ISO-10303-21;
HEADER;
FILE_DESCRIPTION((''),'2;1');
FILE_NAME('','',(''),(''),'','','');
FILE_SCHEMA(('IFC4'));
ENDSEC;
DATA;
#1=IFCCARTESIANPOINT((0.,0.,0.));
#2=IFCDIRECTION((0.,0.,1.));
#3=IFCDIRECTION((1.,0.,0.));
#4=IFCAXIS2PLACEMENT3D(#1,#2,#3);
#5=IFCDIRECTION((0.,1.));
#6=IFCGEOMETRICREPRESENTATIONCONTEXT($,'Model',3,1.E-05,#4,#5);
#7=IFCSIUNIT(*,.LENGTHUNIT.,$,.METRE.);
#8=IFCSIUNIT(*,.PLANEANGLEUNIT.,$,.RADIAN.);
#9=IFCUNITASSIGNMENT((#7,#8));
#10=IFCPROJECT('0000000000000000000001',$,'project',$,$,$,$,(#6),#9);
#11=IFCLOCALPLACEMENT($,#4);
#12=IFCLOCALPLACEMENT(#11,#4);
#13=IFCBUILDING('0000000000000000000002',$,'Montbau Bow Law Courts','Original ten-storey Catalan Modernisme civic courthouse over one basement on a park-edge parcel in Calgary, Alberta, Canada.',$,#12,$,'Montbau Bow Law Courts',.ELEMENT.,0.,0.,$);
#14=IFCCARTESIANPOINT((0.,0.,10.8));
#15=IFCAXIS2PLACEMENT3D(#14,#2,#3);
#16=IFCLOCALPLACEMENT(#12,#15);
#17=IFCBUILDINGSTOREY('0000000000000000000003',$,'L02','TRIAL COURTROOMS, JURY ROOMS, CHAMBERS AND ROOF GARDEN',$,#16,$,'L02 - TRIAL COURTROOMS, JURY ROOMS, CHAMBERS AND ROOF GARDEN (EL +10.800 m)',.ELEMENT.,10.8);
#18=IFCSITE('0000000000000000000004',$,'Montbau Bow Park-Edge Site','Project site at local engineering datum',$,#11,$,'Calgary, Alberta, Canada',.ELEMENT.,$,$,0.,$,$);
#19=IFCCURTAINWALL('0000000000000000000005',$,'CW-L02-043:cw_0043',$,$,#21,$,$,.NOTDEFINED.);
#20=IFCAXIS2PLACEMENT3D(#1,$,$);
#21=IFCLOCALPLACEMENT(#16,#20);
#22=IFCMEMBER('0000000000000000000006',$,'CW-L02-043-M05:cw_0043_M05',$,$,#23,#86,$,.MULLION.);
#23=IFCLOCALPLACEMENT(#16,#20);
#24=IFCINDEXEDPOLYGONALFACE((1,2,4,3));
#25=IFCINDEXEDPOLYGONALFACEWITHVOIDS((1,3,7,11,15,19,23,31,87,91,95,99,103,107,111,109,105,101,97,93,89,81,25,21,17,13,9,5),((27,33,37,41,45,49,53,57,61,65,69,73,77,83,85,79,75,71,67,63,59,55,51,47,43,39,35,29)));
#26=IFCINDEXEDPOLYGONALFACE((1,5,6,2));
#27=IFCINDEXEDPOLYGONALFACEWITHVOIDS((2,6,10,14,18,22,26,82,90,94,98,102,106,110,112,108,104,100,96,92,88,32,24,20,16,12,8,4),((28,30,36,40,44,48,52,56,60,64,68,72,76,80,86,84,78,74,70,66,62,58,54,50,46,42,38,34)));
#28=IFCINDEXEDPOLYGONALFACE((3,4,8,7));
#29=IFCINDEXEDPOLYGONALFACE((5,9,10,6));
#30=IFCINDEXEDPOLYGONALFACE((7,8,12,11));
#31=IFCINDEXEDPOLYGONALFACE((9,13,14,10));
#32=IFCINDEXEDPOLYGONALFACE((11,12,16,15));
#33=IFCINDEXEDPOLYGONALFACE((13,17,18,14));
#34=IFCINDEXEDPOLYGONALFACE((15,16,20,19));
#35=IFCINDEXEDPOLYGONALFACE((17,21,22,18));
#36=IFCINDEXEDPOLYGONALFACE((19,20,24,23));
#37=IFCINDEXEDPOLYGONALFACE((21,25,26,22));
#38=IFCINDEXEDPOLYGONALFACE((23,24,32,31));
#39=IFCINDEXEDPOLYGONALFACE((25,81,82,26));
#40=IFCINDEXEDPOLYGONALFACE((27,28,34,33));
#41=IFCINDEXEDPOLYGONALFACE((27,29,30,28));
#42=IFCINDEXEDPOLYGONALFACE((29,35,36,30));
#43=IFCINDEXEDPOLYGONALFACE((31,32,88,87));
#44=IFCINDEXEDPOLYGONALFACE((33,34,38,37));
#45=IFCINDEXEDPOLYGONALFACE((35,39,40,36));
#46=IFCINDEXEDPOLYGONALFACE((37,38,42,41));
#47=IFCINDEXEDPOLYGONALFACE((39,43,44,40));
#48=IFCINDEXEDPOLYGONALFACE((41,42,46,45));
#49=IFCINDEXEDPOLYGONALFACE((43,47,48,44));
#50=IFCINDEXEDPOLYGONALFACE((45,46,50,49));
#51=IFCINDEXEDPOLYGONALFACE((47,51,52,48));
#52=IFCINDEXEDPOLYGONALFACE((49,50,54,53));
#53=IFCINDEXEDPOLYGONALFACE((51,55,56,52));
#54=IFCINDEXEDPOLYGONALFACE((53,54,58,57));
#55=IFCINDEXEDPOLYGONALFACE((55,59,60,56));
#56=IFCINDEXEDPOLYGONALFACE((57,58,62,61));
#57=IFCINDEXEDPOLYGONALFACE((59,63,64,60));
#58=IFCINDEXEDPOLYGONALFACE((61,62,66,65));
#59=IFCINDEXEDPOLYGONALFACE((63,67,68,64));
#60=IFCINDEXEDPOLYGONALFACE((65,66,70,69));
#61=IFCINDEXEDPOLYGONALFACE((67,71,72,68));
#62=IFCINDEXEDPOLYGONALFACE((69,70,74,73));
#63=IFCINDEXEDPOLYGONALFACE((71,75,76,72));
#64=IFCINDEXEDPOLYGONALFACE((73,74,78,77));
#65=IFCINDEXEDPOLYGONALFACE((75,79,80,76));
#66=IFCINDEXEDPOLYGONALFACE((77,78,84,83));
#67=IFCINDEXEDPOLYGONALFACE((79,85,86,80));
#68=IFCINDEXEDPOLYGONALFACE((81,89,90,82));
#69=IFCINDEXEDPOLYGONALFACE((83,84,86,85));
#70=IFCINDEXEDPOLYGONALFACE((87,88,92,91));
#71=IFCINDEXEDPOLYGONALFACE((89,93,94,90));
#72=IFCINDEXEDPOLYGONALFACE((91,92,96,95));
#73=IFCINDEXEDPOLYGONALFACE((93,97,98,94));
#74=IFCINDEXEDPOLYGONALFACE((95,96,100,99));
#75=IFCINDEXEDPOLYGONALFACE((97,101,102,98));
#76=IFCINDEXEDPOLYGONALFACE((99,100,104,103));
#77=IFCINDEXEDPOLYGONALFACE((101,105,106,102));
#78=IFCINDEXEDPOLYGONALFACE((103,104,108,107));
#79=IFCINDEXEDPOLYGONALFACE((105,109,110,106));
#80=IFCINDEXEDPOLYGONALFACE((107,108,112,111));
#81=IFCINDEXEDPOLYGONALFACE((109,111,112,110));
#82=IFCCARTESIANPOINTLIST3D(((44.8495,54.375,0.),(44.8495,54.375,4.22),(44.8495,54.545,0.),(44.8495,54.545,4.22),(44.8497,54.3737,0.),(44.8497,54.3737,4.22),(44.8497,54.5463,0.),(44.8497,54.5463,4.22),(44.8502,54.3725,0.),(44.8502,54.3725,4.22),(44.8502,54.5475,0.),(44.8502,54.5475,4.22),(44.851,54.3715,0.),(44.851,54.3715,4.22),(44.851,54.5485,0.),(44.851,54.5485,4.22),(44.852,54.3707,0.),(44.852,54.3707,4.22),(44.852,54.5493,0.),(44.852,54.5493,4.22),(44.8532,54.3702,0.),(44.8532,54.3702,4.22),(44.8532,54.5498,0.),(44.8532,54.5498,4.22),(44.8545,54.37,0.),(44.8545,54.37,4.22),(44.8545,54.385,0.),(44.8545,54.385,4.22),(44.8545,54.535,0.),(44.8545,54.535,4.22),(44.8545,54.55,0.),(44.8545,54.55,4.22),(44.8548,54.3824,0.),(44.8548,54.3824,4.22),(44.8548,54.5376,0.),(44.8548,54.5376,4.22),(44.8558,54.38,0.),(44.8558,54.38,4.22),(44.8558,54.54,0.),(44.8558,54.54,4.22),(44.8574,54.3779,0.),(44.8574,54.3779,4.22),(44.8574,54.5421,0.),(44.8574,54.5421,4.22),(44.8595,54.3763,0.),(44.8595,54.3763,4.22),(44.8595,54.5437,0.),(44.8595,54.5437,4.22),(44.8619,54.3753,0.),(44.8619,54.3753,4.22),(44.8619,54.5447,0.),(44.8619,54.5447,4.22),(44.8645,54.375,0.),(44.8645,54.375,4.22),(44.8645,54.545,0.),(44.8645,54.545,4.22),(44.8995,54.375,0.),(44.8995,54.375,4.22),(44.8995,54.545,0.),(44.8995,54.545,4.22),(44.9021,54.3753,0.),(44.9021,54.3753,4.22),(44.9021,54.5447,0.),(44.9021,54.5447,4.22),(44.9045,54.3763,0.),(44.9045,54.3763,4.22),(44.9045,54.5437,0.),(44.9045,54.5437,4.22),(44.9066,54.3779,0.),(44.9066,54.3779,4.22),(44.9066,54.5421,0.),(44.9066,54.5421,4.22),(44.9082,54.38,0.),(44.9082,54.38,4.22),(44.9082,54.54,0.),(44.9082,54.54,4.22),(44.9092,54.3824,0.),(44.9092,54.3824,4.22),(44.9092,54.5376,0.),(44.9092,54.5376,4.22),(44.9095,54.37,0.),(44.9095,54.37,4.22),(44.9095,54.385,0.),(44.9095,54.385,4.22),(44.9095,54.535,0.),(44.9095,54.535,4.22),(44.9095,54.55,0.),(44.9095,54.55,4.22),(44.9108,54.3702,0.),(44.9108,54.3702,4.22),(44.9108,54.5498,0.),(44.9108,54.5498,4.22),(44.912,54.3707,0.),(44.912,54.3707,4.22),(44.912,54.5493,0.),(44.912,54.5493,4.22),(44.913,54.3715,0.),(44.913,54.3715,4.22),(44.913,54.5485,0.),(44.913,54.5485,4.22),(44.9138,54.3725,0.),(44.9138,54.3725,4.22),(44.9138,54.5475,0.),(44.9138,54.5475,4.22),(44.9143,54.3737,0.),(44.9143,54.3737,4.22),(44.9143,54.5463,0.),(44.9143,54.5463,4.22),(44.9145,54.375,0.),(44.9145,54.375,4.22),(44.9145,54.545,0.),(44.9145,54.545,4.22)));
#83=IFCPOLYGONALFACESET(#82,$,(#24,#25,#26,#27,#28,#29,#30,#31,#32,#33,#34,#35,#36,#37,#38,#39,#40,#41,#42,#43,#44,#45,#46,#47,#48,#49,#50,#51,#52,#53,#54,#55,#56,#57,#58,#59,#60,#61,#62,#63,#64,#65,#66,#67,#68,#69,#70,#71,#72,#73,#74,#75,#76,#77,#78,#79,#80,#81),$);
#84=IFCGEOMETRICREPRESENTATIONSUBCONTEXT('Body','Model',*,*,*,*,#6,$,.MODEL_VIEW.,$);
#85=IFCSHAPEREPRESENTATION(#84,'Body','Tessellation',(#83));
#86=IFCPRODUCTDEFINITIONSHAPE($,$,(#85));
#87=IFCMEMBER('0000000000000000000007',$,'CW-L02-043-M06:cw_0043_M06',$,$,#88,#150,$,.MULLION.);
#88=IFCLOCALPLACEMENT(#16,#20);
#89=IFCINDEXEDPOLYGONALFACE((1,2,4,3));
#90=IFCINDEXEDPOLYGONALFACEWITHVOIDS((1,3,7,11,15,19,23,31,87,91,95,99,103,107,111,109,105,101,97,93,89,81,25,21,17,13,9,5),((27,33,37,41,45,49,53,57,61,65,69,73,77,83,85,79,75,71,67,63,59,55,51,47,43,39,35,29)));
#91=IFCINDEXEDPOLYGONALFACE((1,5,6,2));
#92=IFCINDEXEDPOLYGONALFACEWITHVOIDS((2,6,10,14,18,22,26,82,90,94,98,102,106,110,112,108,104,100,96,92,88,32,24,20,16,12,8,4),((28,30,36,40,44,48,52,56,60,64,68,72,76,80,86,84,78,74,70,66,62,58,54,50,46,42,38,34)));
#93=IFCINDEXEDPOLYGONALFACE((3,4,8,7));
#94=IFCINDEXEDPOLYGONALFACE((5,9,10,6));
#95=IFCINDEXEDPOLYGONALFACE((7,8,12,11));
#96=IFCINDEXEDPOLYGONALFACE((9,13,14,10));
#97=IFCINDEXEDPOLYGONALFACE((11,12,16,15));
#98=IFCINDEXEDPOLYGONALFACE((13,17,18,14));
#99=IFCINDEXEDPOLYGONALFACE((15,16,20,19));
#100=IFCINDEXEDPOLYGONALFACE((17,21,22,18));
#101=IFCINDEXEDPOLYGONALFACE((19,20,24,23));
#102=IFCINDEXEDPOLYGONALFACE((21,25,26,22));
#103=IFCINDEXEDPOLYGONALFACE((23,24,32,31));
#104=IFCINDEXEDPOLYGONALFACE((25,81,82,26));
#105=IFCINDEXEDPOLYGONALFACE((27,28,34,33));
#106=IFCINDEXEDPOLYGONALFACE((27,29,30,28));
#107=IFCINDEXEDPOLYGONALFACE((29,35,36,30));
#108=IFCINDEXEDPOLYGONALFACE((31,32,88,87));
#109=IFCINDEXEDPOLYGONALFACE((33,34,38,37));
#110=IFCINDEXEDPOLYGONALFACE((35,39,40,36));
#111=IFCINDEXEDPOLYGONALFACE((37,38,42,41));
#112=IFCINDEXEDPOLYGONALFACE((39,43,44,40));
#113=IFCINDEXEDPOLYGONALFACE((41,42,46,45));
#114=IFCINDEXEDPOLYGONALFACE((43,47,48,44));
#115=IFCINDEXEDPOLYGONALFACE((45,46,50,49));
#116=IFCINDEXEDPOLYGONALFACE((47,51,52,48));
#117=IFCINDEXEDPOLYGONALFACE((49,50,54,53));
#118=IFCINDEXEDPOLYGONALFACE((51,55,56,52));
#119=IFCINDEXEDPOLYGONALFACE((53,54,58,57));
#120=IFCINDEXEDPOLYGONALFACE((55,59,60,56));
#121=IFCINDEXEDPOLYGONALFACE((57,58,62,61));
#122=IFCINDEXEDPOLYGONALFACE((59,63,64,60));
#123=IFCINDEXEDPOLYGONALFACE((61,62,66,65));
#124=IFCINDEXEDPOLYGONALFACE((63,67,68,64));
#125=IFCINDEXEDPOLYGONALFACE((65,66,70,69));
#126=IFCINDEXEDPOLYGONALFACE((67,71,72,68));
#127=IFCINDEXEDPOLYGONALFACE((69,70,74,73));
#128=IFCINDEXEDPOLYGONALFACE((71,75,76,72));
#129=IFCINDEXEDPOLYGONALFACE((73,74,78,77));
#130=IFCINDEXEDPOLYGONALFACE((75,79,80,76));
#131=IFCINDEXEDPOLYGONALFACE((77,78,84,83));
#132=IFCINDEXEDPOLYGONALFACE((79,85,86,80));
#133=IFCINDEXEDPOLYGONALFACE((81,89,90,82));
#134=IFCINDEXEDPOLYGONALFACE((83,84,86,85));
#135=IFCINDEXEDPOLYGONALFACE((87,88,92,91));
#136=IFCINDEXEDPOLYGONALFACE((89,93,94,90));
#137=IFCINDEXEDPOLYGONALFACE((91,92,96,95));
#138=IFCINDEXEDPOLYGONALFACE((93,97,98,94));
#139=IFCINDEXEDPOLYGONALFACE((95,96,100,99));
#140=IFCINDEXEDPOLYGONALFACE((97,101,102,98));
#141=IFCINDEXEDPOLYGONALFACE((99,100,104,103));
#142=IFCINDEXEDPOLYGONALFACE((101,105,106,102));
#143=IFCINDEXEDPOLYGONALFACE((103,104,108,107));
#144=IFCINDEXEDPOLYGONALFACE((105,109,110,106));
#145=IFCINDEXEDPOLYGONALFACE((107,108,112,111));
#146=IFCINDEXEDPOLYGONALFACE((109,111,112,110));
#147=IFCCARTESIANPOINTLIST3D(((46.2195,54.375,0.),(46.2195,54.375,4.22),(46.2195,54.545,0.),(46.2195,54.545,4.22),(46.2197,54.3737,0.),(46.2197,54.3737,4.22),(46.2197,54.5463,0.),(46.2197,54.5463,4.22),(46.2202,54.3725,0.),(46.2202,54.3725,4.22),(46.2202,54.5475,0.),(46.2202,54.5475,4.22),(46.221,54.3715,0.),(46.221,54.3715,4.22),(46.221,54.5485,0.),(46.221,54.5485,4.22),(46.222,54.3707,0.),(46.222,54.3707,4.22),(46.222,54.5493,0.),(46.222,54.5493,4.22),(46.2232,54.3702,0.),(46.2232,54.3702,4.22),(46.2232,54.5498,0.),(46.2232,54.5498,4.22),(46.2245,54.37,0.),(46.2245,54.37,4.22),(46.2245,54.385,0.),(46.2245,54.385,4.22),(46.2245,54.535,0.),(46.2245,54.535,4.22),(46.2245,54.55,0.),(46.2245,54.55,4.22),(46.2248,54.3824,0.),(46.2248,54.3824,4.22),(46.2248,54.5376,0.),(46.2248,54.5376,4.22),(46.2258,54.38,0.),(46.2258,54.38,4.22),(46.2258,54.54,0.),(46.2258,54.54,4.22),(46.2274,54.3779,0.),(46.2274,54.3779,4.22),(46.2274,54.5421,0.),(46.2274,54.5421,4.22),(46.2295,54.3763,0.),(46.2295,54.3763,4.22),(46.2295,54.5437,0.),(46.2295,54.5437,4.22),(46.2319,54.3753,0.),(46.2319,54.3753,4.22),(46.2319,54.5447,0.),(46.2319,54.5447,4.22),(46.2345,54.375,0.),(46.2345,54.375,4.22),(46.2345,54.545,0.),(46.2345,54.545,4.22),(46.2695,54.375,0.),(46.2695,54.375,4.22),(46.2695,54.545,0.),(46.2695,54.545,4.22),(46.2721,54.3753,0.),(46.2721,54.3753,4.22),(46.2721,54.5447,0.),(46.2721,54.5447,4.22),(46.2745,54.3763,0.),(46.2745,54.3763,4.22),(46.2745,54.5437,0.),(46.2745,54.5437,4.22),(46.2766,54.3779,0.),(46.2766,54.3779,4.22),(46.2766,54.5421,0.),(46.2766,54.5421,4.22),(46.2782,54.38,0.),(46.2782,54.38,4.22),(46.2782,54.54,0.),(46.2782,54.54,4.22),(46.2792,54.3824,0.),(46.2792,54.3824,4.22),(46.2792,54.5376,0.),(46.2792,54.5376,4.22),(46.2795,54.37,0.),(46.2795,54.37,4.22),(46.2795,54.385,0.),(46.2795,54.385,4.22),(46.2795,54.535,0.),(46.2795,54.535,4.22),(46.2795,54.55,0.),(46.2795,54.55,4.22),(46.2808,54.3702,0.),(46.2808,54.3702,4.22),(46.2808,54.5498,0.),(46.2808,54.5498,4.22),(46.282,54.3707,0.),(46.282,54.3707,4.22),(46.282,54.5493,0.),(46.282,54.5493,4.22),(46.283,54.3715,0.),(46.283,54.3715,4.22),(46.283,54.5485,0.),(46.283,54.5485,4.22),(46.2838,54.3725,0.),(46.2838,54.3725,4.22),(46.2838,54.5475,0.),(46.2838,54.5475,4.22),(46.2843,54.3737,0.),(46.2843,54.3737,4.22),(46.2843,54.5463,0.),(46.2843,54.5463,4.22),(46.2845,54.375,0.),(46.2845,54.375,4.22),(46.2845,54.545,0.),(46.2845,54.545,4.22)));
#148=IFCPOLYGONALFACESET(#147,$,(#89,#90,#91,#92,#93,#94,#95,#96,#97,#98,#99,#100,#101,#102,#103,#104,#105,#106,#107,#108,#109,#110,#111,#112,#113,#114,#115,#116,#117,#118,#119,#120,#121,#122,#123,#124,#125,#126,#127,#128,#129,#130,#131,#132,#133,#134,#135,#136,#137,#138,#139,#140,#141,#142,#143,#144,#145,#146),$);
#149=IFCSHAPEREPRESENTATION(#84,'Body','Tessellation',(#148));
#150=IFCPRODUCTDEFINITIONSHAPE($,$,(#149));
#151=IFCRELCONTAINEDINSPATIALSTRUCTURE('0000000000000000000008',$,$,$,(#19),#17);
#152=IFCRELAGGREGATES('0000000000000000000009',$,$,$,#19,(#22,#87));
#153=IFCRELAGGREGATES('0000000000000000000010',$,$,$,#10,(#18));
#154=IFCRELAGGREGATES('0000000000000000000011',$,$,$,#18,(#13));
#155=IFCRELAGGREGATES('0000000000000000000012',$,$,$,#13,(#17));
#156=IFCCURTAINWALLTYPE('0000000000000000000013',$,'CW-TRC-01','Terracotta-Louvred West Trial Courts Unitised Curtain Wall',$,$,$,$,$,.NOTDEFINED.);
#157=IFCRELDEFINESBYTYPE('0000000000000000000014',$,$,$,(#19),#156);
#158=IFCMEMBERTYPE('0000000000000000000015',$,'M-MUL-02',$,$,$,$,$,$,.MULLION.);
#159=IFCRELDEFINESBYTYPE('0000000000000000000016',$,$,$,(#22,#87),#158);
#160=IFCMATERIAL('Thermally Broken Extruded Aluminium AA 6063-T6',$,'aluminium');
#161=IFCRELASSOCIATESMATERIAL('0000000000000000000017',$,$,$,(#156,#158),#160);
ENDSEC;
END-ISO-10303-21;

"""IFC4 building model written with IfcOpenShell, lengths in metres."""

from ifc_helpers import new_model, si_unit, direction, frame, origin_with_axes, origin_2d_with_axis, place, context, subcontext, project, spatial, hollow_rectangle, extrude, material, material_profile, profile_set, type_object, element, aggregate, save


model = new_model("IFC4")

# Units and contexts
model_context = context("Model", 3, precision=1e-05, world=origin_with_axes(), true_north=direction((0.0, 1.0)))
body_context = subcontext(model_context, "Body", "Model", "MODEL_VIEW")
ifc_project = project(units=[si_unit("LENGTHUNIT", "METRE"), si_unit("PLANEANGLEUNIT", "RADIAN")], contexts=[model_context])

# Site, building, storey
site_placement = place(None, origin_with_axes())
site = spatial("IfcSite", under=ifc_project, at=site_placement, Name="Montbau Bow Park-Edge Site", Description="Project site at local engineering datum", LongName="Calgary, Alberta, Canada", CompositionType="ELEMENT", RefElevation=0.0)
building_placement = place(site_placement, origin_with_axes())
building = spatial("IfcBuilding", under=site, at=building_placement, Name="Montbau Bow Law Courts", Description="Original ten-storey Catalan Modernisme civic courthouse over one basement on a park-edge parcel in Calgary, Alberta, Canada.", LongName="Montbau Bow Law Courts", CompositionType="ELEMENT", ElevationOfRefHeight=0.0, ElevationOfTerrain=0.0)
storey_placement = place(building_placement, frame((0.0, 0.0, 10.8), z_axis=(0.0, 0.0, 1.0), x_axis=(1.0, 0.0, 0.0)))
storey = spatial("IfcBuildingStorey", under=building, at=storey_placement, Name="L02", Description="TRIAL COURTROOMS, JURY ROOMS, CHAMBERS AND ROOF GARDEN", LongName="L02 - TRIAL COURTROOMS, JURY ROOMS, CHAMBERS AND ROOF GARDEN (EL +10.800 m)", CompositionType="ELEMENT", Elevation=10.8)

# Curtain wall, members
ifc_material_1 = material(Name="Thermally Broken Extruded Aluminium AA 6063-T6", Category="aluminium")
curtain_wall_type = type_object("IfcCurtainWallType", Name="CW-TRC-01", Description="Terracotta-Louvred West Trial Courts Unitised Curtain Wall", PredefinedType="NOTDEFINED", material=ifc_material_1)
curtain_wall_placement = place(None, frame((39.268, 54.46, 10.8), z_axis=(0.0, 0.0, 1.0), x_axis=(1.0, 0.0, 0.0)))
curtain_wall = element("IfcCurtainWall", 1, at=curtain_wall_placement, inside=storey, type_object=curtain_wall_type, Name="CW-L02-043:cw_0043", PredefinedType="NOTDEFINED")
ifc_material_profile_1 = material_profile(ifc_material_1, hollow_rectangle(XDim=0.065, YDim=0.18, WallThickness=0.005, InnerFilletRadius=0.01, OuterFilletRadius=0.005, at=origin_2d_with_axis()), Name="CWM-180X65", Category="Main", Priority=0)
ifc_profile_set_1 = profile_set([ifc_material_profile_1], Name="Thermally Broken Extruded Aluminium AA 6063-T6")
member_type_1 = type_object("IfcMemberType", Name="M-MUL-02", PredefinedType="MULLION", material=ifc_profile_set_1)
member_1_placement = place(None, frame((44.882, 54.46, 10.8), z_axis=(0.0, 0.0, 1.0), x_axis=(1.0, 0.0, 0.0)))
member_1 = element("IfcMember", 2, at=member_1_placement, type_object=member_type_1, Name="CW-L02-043-M05:cw_0043_M05", PredefinedType="MULLION", context=body_context, shape_type="SweptSolid", body=[
    extrude(hollow_rectangle(XDim=0.065, YDim=0.18, WallThickness=0.005, InnerFilletRadius=0.01, OuterFilletRadius=0.005, at=origin_2d_with_axis()), origin_with_axes(), (0.0, 0.0, 1.0), 4.22),
])
member_2_placement = place(None, frame((46.252, 54.46, 10.8), z_axis=(0.0, 0.0, 1.0), x_axis=(1.0, 0.0, 0.0)))
member_2 = element("IfcMember", 3, at=member_2_placement, type_object=member_type_1, Name="CW-L02-043-M06:cw_0043_M06", PredefinedType="MULLION", context=body_context, shape_type="SweptSolid", body=[
    extrude(hollow_rectangle(XDim=0.065, YDim=0.18, WallThickness=0.005, InnerFilletRadius=0.01, OuterFilletRadius=0.005, at=origin_2d_with_axis()), origin_with_axes(), (0.0, 0.0, 1.0), 4.22),
])
aggregate(curtain_wall, [member_1, member_2])

save(model, "model.ifc")
